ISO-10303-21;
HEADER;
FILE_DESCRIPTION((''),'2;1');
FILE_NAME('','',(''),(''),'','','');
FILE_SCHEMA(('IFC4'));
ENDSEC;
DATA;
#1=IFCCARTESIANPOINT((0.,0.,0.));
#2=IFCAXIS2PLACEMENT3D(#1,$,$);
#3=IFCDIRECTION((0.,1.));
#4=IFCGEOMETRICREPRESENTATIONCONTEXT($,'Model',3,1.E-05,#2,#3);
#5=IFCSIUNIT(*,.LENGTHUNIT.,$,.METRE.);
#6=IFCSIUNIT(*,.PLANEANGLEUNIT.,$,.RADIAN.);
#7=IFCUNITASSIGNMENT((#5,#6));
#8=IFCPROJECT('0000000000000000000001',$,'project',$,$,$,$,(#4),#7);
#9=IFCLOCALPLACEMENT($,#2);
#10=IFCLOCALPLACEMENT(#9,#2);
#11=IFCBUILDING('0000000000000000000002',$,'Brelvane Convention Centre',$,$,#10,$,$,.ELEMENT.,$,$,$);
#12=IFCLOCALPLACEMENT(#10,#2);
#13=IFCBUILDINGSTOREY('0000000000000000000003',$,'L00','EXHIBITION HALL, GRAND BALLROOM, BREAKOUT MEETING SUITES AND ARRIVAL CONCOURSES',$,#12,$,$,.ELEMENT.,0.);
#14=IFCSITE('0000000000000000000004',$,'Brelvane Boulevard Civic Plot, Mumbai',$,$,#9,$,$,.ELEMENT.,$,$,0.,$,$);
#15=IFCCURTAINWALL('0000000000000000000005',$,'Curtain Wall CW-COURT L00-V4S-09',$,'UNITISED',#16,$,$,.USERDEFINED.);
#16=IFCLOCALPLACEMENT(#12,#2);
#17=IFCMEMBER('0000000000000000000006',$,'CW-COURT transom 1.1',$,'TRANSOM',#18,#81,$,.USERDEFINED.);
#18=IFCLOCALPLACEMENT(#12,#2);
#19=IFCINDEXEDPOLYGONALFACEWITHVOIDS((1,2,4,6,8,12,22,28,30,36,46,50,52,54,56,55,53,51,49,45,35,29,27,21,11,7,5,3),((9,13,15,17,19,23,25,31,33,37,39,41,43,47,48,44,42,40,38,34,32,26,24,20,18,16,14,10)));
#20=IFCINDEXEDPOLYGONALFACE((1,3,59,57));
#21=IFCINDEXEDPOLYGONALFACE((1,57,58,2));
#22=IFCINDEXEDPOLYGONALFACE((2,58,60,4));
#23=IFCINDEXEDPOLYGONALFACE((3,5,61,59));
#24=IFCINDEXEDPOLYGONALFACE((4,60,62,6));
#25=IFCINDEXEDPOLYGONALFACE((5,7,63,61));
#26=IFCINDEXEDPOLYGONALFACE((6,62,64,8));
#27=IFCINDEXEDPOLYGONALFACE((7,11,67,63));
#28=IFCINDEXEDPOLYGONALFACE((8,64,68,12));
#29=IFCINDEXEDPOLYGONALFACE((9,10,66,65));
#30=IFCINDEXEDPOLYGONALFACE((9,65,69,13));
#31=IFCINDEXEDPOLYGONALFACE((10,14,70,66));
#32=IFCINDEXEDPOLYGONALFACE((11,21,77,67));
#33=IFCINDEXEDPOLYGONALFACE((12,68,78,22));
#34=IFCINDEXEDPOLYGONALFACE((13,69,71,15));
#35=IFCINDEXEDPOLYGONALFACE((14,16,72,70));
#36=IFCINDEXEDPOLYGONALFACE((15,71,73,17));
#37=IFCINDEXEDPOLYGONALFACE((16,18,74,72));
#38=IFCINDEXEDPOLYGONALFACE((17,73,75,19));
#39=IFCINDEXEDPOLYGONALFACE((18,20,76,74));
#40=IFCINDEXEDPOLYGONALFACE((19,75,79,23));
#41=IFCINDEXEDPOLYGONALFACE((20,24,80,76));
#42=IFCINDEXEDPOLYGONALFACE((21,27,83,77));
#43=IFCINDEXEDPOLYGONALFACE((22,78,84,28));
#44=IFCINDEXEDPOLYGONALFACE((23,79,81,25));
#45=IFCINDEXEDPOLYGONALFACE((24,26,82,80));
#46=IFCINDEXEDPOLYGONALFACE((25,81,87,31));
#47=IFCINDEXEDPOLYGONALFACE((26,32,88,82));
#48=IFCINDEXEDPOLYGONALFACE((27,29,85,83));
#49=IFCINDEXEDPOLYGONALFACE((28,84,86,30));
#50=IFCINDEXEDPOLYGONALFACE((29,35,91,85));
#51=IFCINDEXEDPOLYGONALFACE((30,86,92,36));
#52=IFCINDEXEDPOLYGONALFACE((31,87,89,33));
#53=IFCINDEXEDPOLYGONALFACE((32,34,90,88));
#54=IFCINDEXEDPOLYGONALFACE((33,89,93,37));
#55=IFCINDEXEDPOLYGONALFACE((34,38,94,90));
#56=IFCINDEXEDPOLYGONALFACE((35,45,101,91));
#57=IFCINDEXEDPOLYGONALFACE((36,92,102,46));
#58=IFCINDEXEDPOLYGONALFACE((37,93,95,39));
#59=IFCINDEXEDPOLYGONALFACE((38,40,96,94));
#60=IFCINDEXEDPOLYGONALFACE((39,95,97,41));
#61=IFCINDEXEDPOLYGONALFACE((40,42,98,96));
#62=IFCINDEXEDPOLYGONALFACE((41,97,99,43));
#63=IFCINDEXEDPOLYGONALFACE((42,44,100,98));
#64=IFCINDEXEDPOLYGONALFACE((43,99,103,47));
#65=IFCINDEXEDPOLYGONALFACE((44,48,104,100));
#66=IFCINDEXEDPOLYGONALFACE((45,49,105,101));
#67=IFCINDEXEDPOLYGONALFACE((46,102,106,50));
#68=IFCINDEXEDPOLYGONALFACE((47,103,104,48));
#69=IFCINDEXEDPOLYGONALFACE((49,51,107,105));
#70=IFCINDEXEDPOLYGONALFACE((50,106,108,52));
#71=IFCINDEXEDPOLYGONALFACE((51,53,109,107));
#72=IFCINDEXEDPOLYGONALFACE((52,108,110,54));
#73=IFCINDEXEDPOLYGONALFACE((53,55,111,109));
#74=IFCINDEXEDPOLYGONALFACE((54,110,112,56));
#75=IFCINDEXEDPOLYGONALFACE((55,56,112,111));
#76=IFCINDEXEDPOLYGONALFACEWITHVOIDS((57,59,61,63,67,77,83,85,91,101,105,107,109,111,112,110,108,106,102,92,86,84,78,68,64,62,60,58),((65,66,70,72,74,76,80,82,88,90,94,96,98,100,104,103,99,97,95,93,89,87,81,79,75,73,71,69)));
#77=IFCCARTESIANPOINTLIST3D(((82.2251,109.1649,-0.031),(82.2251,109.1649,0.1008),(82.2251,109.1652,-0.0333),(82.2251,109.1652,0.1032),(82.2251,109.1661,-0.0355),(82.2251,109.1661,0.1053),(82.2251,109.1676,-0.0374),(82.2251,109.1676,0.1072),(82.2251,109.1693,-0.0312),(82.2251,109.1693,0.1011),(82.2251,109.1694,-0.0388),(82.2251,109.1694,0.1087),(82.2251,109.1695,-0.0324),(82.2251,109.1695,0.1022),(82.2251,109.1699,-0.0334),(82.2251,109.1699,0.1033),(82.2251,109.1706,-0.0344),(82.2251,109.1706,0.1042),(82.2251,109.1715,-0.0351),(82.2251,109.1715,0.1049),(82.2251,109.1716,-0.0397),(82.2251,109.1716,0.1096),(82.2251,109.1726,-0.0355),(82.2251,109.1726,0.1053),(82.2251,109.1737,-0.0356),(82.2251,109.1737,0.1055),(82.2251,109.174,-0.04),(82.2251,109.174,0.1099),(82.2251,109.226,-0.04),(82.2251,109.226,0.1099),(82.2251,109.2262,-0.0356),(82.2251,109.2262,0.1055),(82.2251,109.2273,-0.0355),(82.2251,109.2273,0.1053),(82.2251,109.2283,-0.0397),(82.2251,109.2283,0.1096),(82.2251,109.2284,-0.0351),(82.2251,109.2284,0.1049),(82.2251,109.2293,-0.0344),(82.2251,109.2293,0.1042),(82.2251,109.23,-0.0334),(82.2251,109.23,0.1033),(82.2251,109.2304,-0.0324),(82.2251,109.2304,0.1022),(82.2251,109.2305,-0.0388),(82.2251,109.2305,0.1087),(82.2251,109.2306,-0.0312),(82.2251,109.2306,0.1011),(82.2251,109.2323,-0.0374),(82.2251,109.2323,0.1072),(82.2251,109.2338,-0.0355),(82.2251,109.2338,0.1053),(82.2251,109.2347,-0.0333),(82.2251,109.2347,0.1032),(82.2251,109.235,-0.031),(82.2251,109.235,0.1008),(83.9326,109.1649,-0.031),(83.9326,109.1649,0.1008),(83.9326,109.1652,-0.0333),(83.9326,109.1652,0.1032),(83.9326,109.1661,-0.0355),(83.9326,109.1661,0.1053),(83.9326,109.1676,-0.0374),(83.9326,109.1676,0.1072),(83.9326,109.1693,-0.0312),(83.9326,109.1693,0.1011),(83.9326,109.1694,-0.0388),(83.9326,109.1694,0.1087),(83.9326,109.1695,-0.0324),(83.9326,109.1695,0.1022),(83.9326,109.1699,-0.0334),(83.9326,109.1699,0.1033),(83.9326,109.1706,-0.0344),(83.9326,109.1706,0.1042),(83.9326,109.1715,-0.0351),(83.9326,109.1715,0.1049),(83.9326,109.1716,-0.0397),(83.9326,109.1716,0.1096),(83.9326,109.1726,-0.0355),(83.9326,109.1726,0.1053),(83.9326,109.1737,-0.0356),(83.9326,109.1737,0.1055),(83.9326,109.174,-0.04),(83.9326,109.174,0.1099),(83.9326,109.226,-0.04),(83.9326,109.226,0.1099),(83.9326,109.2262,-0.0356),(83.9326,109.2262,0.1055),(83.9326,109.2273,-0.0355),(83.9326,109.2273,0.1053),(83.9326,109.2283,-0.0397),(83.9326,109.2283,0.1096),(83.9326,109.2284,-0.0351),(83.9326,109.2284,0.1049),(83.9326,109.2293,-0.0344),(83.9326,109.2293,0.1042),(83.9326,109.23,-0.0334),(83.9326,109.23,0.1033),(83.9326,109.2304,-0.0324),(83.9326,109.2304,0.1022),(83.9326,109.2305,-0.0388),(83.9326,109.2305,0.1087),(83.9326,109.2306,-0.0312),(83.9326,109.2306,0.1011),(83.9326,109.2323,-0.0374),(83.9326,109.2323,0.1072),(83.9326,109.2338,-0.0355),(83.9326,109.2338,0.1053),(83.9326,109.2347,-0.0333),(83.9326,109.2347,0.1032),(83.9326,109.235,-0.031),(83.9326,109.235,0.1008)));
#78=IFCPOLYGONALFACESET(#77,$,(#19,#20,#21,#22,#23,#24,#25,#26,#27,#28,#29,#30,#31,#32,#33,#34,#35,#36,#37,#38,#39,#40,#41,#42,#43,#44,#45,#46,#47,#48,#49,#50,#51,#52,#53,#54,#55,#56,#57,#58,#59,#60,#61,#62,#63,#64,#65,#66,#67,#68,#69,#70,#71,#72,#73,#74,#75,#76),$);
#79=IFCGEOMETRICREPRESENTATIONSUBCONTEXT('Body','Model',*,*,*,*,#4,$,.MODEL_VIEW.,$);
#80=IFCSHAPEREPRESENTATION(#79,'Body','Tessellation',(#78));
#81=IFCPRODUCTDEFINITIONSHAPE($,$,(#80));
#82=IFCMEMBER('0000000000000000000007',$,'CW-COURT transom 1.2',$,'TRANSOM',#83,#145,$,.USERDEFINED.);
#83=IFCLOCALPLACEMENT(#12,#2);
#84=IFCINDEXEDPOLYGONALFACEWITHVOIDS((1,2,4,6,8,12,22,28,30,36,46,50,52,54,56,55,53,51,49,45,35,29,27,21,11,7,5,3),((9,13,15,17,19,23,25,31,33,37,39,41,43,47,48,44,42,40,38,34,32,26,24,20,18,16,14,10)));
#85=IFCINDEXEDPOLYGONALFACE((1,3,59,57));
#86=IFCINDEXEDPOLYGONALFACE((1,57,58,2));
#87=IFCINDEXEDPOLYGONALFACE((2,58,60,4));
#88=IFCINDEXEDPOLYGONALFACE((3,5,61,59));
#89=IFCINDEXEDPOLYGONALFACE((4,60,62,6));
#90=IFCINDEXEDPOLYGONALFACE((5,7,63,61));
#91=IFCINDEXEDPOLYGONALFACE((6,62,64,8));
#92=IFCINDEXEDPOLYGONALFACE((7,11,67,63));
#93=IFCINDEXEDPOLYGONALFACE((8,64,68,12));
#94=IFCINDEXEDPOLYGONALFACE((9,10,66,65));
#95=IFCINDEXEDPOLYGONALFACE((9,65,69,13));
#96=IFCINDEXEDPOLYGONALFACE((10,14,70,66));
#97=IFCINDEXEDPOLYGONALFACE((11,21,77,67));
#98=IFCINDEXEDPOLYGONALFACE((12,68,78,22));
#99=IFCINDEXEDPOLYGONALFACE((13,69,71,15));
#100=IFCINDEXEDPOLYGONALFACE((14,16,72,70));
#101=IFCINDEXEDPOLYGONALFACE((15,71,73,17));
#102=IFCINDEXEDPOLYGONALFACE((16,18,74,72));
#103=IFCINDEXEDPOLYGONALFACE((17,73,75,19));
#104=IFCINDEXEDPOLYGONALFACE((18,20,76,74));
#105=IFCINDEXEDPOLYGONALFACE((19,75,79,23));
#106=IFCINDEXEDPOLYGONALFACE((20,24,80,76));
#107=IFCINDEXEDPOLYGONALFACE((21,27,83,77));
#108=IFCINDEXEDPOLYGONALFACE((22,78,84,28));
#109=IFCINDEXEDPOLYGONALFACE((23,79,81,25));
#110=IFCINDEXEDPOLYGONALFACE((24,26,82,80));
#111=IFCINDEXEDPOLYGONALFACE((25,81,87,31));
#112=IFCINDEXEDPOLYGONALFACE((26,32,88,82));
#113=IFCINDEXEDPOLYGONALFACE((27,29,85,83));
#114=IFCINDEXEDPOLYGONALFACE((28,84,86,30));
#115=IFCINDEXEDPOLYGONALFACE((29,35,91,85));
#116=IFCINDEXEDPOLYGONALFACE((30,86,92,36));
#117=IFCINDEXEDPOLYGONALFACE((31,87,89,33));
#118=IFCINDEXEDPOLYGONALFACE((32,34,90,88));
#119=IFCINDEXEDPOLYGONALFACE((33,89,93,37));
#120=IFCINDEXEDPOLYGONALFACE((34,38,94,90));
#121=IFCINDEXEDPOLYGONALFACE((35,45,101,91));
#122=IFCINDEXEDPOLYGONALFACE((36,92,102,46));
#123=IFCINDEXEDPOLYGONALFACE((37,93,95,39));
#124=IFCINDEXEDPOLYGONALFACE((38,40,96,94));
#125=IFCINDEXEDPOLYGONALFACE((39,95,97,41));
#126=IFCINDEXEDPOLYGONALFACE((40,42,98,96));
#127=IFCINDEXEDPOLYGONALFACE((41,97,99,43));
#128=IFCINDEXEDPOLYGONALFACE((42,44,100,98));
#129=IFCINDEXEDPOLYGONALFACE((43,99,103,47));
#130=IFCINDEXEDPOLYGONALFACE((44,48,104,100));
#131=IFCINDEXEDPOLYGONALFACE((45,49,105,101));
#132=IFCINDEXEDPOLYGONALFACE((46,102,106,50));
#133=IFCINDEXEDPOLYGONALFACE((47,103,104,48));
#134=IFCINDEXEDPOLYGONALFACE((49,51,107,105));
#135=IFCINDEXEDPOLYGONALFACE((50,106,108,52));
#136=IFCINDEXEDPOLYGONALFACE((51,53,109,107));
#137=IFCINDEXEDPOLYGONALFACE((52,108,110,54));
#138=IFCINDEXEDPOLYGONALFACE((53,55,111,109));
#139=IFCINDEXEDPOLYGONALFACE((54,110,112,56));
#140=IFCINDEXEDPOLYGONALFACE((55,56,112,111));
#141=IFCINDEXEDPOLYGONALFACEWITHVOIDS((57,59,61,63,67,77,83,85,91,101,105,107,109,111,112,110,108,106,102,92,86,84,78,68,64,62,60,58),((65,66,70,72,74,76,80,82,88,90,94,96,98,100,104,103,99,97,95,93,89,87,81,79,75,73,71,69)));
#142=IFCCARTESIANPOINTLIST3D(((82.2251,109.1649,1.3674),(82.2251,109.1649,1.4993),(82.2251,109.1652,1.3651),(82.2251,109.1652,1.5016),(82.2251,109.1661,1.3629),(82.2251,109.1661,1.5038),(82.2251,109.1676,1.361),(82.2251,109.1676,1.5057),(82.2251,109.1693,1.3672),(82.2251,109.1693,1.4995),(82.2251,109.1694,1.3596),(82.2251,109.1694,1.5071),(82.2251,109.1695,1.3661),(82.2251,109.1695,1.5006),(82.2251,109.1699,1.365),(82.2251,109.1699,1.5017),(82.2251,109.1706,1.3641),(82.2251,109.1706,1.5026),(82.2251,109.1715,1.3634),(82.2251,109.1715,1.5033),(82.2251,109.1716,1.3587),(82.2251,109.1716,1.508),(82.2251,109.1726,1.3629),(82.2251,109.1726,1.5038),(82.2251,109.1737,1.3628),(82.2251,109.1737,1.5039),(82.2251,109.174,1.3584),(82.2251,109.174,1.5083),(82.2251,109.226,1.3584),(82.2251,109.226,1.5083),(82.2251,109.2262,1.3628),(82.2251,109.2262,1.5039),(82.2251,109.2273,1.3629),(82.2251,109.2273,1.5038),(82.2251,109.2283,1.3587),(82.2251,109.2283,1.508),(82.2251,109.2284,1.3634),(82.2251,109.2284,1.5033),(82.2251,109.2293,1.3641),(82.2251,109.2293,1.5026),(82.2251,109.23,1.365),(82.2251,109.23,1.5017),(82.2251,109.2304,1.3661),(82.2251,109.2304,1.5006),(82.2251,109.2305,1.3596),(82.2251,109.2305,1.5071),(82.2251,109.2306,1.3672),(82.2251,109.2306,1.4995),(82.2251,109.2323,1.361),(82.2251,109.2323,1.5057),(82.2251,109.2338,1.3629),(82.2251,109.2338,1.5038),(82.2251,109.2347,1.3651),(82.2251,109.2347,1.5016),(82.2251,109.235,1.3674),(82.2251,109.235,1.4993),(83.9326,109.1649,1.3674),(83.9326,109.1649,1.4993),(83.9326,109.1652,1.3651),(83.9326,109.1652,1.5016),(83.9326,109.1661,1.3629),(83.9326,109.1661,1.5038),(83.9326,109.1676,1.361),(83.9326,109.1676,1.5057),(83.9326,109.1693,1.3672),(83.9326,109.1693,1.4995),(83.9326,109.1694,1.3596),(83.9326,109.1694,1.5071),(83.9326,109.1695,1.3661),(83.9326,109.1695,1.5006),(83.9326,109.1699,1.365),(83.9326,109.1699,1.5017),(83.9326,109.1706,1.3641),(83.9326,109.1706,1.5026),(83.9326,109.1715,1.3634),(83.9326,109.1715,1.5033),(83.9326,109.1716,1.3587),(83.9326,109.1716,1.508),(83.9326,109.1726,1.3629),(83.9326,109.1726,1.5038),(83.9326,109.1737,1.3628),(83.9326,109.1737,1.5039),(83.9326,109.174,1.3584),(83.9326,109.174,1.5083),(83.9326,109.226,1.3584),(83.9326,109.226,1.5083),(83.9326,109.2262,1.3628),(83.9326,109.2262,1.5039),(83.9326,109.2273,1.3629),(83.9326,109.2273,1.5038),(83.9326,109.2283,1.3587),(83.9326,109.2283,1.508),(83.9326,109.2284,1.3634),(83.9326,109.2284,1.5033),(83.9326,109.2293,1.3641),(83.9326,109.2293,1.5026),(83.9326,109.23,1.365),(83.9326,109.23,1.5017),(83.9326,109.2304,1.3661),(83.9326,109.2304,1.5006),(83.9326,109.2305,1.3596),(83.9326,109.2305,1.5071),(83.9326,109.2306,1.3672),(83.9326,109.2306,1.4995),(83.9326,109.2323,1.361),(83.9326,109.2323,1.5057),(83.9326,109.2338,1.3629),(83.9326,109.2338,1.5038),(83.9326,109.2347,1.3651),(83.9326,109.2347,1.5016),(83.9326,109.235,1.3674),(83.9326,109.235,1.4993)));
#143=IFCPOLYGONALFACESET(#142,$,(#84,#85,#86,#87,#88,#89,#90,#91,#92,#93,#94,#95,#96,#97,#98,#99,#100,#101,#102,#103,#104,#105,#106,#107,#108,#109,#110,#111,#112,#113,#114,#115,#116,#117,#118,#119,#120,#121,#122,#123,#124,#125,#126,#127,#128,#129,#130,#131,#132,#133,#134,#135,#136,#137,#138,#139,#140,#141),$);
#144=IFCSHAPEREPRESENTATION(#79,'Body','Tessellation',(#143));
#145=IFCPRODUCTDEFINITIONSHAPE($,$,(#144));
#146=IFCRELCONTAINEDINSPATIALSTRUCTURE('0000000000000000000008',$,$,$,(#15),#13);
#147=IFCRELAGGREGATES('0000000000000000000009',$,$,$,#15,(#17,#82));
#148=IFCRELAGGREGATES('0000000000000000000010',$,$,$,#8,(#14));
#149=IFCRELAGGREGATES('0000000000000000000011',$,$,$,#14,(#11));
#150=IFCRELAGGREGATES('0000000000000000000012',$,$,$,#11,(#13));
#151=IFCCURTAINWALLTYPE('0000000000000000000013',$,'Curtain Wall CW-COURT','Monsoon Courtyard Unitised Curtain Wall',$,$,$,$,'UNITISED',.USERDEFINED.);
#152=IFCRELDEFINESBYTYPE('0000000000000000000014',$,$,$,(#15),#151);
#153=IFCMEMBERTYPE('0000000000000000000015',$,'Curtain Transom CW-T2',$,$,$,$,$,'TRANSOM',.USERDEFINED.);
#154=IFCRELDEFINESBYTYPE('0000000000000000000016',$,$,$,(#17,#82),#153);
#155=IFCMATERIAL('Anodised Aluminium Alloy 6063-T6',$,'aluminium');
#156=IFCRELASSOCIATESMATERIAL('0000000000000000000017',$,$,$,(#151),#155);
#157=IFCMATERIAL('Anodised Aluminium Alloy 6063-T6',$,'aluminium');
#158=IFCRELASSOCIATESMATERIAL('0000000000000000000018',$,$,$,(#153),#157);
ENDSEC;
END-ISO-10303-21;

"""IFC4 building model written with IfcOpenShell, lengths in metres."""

from ifc_helpers import new_model, si_unit, direction, frame, origin, origin_2d, place, context, subcontext, project, spatial, hollow_rectangle, extrude, material, material_profile, profile_set, type_object, element, aggregate, save


model = new_model("IFC4")

# Units and contexts
model_context = context("Model", 3, precision=1e-05, world=origin(), true_north=direction((0.0, 1.0)))
body_context = subcontext(model_context, "Body", "Model", "MODEL_VIEW")
ifc_project = project(units=[si_unit("LENGTHUNIT", "METRE"), si_unit("PLANEANGLEUNIT", "RADIAN")], contexts=[model_context])

# Site, building, storey
site_placement = place(None, origin())
site = spatial("IfcSite", under=ifc_project, at=site_placement, Name="Brelvane Boulevard Civic Plot, Mumbai", CompositionType="ELEMENT", RefElevation=0.0)
building_placement = place(site_placement, origin())
building = spatial("IfcBuilding", under=site, at=building_placement, Name="Brelvane Convention Centre", CompositionType="ELEMENT")
storey_placement = place(building_placement, origin())
storey = spatial("IfcBuildingStorey", under=building, at=storey_placement, Name="L00", Description="EXHIBITION HALL, GRAND BALLROOM, BREAKOUT MEETING SUITES AND ARRIVAL CONCOURSES", CompositionType="ELEMENT", Elevation=0.0)

# Curtain wall, members
ifc_material_1 = material(Name="Anodised Aluminium Alloy 6063-T6", Category="aluminium")
curtain_wall_type = type_object("IfcCurtainWallType", Name="Curtain Wall CW-COURT", Description="Monsoon Courtyard Unitised Curtain Wall", ElementType="UNITISED", PredefinedType="USERDEFINED", material=ifc_material_1)
curtain_wall_placement = place(storey_placement, origin())
curtain_wall = element("IfcCurtainWall", 1, at=curtain_wall_placement, inside=storey, type_object=curtain_wall_type, Name="Curtain Wall CW-COURT L00-V4S-09", ObjectType="UNITISED", PredefinedType="USERDEFINED")
ifc_material_2 = material(Name="Anodised Aluminium Alloy 6063-T6", Category="aluminium")
ifc_material_profile_1 = material_profile(ifc_material_2, hollow_rectangle(XDim=0.0701, YDim=0.1499, WallThickness=0.0044, InnerFilletRadius=0.0044, OuterFilletRadius=0.009, at=origin_2d()), Name="ALU-T 150x70x4.5")
ifc_profile_set_1 = profile_set([ifc_material_profile_1], Name="Anodised Aluminium Alloy 6063-T6")
member_type_1 = type_object("IfcMemberType", Name="Curtain Transom CW-T2", ElementType="TRANSOM", PredefinedType="USERDEFINED", material=ifc_profile_set_1)
member_1_placement = place(storey_placement, frame((82.2251, 109.2, 0.0349), z_axis=(1.0, 0.0, 0.0), x_axis=(0.0, 1.0, 0.0)))
member_1 = element("IfcMember", 2, at=member_1_placement, type_object=member_type_1, Name="CW-COURT transom 1.1", ObjectType="TRANSOM", PredefinedType="USERDEFINED", context=body_context, shape_type="SweptSolid", body=[
    extrude(hollow_rectangle(XDim=0.0701, YDim=0.1499, WallThickness=0.0044, InnerFilletRadius=0.0044, OuterFilletRadius=0.009, at=origin_2d()), origin(), (0.0, 0.0, 1.0), 1.7075),
])
member_2_placement = place(storey_placement, frame((82.2251, 109.2, 1.4333), z_axis=(1.0, 0.0, 0.0), x_axis=(0.0, 1.0, 0.0)))
member_2 = element("IfcMember", 3, at=member_2_placement, type_object=member_type_1, Name="CW-COURT transom 1.2", ObjectType="TRANSOM", PredefinedType="USERDEFINED", context=body_context, shape_type="SweptSolid", body=[
    extrude(hollow_rectangle(XDim=0.0701, YDim=0.1499, WallThickness=0.0044, InnerFilletRadius=0.0044, OuterFilletRadius=0.009, at=origin_2d()), origin(), (0.0, 0.0, 1.0), 1.7075),
])

aggregate(curtain_wall, [member_1, member_2])

save(model, "model.ifc")
